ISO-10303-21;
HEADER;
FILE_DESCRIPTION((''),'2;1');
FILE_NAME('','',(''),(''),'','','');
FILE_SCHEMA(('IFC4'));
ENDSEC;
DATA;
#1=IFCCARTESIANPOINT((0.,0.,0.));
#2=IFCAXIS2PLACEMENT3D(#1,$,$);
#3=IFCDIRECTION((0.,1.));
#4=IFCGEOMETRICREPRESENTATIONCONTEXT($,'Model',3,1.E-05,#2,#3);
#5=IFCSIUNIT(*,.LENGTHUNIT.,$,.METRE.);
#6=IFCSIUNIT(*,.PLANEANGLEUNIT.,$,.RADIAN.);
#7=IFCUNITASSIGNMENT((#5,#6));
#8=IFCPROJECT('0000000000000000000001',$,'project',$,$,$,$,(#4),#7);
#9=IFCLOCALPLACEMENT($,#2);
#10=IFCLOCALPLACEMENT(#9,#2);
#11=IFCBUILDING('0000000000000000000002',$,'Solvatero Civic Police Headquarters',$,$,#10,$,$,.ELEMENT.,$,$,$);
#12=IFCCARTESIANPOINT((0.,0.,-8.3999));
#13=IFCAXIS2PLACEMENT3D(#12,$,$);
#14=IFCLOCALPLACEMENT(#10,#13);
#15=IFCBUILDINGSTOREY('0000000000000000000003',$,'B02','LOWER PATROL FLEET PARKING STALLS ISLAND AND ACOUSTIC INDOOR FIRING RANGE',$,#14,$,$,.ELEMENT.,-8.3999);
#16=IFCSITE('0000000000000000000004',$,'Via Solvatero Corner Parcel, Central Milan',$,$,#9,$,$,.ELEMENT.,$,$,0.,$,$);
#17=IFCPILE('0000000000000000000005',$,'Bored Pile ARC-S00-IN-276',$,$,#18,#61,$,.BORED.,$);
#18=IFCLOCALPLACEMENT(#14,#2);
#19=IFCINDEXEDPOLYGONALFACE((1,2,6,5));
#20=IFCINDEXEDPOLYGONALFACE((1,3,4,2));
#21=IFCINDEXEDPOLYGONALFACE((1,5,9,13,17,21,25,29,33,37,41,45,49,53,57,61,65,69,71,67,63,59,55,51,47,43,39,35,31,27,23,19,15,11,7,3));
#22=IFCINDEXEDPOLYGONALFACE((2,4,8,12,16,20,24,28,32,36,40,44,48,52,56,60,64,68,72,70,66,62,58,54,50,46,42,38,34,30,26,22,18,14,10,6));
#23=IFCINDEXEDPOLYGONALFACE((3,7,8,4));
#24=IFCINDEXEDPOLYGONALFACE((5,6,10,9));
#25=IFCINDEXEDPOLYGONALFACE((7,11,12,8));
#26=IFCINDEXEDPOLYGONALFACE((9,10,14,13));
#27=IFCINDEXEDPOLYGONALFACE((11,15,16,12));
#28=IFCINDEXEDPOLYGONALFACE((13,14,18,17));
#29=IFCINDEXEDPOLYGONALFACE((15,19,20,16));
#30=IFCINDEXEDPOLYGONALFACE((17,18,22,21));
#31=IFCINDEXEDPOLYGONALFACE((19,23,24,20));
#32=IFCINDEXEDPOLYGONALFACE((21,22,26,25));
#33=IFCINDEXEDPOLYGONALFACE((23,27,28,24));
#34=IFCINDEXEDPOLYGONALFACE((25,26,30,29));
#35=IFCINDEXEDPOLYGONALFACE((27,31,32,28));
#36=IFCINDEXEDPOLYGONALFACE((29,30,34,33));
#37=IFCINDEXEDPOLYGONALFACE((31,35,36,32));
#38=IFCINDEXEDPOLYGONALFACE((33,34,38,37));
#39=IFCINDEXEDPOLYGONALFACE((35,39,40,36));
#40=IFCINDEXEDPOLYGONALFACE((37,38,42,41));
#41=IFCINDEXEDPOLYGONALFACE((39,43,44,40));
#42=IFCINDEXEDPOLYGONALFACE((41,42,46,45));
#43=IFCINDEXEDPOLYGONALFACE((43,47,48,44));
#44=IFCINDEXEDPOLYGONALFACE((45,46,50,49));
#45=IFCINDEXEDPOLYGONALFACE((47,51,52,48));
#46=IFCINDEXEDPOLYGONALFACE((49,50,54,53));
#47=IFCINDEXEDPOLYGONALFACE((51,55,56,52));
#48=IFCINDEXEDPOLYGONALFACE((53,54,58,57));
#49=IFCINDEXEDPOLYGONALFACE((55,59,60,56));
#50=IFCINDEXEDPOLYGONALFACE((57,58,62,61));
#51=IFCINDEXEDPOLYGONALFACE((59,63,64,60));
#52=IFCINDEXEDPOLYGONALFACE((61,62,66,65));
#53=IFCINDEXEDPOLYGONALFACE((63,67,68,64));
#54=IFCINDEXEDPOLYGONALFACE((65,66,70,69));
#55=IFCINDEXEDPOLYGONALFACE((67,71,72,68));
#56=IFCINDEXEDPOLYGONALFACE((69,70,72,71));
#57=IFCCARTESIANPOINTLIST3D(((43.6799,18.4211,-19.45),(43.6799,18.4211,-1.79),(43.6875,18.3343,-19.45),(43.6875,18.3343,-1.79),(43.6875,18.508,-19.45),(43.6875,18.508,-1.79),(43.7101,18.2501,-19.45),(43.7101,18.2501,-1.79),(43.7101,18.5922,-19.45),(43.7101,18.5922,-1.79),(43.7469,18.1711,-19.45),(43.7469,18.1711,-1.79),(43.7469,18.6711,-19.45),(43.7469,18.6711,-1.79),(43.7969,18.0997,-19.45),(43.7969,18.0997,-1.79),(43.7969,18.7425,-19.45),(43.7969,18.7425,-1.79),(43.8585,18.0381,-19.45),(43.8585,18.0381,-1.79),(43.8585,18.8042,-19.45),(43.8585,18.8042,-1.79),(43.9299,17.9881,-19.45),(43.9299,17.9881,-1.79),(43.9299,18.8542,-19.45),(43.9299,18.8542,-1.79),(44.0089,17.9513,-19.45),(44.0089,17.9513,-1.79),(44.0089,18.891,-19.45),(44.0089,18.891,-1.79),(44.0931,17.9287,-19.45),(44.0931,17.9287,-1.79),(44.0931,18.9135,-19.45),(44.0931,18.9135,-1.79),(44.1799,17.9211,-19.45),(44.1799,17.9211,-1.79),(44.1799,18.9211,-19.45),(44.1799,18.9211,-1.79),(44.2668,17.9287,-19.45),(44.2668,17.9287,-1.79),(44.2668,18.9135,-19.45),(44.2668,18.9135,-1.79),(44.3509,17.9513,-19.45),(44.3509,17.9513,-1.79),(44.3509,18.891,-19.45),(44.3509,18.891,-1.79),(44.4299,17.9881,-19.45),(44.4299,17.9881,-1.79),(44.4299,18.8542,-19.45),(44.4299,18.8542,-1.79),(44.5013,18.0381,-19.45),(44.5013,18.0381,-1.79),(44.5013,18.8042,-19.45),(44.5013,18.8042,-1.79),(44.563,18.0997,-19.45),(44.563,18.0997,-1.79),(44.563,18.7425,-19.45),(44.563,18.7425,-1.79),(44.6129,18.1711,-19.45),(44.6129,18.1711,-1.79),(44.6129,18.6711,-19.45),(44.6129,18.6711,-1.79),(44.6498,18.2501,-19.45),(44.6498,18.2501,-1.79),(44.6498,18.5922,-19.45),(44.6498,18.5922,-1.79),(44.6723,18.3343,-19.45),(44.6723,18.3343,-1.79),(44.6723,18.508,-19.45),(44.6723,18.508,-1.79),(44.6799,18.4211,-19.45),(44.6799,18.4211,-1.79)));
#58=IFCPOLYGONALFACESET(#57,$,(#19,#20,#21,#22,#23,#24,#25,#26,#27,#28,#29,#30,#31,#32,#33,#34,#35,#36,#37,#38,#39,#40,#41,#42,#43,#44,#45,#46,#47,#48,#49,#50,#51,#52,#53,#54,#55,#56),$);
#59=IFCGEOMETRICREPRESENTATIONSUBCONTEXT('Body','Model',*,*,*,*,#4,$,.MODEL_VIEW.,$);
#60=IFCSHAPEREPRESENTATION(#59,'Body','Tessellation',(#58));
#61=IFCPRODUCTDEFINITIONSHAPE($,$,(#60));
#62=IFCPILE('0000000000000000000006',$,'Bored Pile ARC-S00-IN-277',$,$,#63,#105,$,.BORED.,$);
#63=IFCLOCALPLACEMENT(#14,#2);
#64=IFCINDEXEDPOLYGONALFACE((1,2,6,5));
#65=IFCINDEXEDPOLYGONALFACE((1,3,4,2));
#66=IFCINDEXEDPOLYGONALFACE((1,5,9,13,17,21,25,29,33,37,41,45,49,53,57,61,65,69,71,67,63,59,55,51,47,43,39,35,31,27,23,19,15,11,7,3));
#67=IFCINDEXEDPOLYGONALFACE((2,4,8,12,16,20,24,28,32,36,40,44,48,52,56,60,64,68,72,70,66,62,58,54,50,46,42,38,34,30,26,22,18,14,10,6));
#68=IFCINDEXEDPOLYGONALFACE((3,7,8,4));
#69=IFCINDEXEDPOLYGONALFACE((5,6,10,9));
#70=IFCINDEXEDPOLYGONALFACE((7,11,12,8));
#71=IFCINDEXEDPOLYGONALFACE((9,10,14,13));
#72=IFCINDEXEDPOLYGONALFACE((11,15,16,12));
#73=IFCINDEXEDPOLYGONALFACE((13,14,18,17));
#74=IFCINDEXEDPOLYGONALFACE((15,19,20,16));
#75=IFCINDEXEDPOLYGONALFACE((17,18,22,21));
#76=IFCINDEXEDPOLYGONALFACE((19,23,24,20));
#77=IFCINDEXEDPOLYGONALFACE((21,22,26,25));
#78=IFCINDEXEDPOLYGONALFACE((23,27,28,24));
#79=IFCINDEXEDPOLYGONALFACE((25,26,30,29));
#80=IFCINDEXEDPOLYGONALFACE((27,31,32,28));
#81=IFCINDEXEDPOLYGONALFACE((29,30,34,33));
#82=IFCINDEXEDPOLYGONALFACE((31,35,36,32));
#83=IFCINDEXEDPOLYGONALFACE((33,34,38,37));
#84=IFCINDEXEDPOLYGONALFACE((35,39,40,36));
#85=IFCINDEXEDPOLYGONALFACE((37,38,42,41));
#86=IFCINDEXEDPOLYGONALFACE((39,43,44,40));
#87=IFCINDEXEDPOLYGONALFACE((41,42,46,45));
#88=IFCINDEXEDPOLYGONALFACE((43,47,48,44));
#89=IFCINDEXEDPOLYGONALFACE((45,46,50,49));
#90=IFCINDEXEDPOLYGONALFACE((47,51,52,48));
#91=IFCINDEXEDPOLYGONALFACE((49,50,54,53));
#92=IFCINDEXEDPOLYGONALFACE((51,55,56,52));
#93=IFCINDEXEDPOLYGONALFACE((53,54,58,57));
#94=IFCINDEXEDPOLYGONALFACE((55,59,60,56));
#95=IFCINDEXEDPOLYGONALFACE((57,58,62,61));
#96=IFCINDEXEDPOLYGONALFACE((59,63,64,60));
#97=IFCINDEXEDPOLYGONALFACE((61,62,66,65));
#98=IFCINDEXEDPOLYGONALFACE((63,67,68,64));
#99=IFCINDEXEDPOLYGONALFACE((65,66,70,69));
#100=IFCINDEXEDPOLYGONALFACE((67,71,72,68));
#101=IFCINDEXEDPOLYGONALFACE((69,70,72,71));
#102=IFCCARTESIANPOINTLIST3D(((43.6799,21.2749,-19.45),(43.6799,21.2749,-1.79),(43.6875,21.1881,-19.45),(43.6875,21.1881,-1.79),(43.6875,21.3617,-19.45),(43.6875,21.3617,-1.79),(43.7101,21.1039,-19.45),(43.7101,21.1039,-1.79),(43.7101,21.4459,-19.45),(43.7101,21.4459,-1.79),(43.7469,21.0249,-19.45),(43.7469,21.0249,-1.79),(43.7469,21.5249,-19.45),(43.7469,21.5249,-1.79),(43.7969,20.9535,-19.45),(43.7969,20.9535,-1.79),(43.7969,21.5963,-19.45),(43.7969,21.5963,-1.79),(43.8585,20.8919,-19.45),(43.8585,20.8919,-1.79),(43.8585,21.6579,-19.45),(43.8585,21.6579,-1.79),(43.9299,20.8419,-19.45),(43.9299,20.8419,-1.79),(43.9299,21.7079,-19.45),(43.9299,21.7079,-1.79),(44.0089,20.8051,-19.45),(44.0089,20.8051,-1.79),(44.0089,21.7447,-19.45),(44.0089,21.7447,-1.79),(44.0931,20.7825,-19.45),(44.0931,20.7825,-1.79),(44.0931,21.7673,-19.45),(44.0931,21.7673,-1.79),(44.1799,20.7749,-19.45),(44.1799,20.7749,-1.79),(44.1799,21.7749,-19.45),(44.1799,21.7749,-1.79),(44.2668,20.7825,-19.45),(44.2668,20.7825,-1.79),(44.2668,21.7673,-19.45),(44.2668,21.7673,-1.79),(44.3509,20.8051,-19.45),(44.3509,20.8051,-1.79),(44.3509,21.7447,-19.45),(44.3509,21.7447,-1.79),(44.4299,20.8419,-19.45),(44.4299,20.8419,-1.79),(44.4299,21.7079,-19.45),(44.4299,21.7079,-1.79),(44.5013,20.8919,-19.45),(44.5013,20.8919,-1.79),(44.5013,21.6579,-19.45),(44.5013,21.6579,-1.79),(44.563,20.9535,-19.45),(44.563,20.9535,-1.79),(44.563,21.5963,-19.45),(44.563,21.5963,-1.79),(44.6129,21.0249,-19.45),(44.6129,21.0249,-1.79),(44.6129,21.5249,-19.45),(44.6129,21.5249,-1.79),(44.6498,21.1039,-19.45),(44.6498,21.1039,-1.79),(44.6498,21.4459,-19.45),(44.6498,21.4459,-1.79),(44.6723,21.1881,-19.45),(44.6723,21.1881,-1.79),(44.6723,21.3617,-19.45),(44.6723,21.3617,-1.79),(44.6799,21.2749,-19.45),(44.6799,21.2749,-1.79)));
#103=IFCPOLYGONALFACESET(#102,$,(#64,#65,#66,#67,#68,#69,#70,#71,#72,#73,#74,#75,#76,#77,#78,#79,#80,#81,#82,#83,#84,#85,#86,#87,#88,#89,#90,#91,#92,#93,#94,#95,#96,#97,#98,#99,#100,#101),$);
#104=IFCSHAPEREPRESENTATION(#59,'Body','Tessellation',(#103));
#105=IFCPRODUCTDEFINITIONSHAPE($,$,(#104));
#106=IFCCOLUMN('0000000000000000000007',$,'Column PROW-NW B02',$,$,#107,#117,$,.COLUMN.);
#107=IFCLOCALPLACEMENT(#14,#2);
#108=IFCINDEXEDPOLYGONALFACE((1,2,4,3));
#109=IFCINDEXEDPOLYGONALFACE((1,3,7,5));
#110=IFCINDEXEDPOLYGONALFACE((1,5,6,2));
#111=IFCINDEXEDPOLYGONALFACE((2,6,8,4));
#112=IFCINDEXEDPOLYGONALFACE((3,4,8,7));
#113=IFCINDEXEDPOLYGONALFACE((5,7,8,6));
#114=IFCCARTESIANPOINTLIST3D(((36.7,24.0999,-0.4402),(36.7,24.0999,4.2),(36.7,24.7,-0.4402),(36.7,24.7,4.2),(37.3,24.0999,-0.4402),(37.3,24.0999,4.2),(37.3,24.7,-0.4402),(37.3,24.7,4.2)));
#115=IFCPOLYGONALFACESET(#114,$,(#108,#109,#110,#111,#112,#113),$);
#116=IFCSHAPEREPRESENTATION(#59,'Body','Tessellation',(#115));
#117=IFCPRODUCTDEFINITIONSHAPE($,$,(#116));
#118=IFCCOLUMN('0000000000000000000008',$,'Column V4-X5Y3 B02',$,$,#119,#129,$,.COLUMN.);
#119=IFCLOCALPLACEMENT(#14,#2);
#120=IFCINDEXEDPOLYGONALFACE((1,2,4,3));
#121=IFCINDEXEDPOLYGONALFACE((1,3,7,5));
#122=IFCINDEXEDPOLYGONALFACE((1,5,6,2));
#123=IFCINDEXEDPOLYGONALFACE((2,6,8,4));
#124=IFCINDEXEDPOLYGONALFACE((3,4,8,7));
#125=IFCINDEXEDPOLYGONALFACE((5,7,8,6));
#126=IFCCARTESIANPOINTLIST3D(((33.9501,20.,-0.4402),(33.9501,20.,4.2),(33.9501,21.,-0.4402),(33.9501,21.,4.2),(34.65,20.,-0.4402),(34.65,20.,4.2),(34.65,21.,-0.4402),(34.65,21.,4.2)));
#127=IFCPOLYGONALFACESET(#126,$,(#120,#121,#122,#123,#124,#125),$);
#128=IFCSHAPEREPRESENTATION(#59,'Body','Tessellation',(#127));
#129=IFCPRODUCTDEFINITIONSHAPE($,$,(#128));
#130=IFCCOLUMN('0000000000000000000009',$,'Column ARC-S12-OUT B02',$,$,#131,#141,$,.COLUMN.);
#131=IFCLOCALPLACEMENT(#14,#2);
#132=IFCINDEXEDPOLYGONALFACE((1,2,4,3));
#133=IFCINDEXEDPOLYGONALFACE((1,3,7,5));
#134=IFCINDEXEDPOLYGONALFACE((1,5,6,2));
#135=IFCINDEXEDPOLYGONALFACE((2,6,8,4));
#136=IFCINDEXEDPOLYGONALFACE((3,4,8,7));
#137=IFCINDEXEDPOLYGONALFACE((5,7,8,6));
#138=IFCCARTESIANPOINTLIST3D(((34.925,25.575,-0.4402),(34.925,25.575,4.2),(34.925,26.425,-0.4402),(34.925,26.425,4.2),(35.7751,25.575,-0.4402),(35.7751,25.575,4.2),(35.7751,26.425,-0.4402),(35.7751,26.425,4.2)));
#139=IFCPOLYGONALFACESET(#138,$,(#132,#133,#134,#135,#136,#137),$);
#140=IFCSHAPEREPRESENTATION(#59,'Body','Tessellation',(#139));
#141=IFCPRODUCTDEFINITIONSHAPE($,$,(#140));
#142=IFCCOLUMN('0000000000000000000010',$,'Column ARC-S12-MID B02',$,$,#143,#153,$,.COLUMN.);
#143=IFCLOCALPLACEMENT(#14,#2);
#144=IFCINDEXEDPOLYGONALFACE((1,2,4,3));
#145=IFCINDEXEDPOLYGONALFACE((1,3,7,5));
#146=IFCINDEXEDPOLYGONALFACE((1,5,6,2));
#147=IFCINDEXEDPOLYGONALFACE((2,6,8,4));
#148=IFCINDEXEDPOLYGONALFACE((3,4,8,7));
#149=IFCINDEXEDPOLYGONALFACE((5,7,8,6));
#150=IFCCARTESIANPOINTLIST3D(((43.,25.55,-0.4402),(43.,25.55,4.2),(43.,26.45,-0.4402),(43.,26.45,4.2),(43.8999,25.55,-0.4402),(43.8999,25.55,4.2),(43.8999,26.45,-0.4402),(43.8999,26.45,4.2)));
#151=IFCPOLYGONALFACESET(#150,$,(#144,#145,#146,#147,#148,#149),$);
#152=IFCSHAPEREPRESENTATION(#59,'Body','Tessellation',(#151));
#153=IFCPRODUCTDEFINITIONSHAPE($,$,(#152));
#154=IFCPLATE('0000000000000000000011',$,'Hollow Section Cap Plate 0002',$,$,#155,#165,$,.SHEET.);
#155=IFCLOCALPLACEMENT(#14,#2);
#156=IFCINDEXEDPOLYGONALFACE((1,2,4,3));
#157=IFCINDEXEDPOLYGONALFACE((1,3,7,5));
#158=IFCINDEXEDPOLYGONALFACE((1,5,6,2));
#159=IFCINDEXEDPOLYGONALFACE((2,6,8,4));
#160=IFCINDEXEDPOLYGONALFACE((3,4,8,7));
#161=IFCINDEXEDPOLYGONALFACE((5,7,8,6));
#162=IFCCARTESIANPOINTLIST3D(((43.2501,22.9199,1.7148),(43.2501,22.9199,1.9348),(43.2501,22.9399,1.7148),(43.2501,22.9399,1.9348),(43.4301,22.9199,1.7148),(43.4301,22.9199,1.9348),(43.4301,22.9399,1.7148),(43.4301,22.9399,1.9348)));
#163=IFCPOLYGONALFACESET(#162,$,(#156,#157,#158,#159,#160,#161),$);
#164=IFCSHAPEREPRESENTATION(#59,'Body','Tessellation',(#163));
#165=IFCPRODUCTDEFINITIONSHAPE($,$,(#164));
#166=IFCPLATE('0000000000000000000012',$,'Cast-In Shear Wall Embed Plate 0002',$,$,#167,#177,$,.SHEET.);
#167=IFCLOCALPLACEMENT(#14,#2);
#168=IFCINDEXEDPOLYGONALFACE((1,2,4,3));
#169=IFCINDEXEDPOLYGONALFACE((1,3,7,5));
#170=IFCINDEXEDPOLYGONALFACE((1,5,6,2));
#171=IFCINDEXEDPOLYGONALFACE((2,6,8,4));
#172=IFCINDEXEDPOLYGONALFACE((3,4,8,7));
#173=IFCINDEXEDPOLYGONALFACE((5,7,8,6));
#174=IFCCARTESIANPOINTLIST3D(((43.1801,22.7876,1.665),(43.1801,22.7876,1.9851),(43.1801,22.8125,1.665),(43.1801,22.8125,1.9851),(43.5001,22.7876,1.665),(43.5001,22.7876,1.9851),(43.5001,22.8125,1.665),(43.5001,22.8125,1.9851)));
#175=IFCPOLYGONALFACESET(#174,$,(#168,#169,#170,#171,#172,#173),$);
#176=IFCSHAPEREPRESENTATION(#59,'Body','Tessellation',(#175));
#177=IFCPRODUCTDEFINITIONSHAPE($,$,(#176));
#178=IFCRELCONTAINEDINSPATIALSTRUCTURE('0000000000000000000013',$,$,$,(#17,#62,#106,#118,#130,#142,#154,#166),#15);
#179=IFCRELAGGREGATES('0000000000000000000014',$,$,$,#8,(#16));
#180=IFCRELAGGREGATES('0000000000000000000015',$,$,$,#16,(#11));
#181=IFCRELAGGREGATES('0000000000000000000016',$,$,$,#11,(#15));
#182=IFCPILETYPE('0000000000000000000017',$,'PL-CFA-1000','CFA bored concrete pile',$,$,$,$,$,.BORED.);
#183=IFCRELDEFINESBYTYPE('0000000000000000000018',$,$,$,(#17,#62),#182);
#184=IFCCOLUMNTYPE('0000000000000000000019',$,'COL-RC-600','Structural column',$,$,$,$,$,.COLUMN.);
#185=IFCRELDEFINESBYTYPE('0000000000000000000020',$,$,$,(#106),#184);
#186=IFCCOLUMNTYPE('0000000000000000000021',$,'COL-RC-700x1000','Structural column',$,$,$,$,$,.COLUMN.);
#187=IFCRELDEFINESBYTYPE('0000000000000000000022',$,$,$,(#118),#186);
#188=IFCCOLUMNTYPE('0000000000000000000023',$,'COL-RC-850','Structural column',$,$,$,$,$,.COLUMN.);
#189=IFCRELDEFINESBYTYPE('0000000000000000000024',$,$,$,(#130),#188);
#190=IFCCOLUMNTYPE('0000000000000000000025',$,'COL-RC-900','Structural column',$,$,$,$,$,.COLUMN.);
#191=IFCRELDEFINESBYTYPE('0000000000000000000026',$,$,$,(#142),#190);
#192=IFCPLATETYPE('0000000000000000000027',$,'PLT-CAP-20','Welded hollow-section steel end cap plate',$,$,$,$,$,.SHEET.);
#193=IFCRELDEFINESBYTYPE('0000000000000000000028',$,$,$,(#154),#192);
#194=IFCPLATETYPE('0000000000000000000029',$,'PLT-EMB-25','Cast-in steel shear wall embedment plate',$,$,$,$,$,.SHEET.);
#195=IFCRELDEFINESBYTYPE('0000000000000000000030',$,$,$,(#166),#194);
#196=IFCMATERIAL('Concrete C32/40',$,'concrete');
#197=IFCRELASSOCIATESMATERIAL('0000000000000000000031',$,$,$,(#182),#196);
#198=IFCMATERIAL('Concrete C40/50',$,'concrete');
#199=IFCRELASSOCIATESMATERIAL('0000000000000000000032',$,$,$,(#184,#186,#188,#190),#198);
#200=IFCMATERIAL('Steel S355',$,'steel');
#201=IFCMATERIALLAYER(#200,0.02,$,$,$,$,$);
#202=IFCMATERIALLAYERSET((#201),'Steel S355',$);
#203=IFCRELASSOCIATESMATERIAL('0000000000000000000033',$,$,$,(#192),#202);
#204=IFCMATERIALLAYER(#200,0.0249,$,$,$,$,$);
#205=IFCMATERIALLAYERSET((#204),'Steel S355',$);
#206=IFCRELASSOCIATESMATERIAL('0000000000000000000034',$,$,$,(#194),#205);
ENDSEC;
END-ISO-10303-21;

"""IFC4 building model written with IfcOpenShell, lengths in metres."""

from ifc_helpers import new_model, si_unit, direction, frame, origin, origin_2d, place, context, subcontext, project, spatial, rectangle, circle, extrude, material, layer, layer_set, material_profile, profile_set, type_object, element, save


model = new_model("IFC4")

# Units and contexts
model_context = context("Model", 3, precision=1e-05, world=origin(), true_north=direction((0.0, 1.0)))
body_context = subcontext(model_context, "Body", "Model", "MODEL_VIEW")
ifc_project = project(units=[si_unit("LENGTHUNIT", "METRE"), si_unit("PLANEANGLEUNIT", "RADIAN")], contexts=[model_context])

# Site, building, storey
site_placement = place(None, origin())
site = spatial("IfcSite", under=ifc_project, at=site_placement, Name="Via Solvatero Corner Parcel, Central Milan", CompositionType="ELEMENT", RefElevation=0.0)
building_placement = place(site_placement, origin())
building = spatial("IfcBuilding", under=site, at=building_placement, Name="Solvatero Civic Police Headquarters", CompositionType="ELEMENT")
storey_placement = place(building_placement, frame((0.0, 0.0, -8.3999)))
storey = spatial("IfcBuildingStorey", under=building, at=storey_placement, Name="B02", Description="LOWER PATROL FLEET PARKING STALLS ISLAND AND ACOUSTIC INDOOR FIRING RANGE", CompositionType="ELEMENT", Elevation=-8.3999)

# Piles
ifc_material_1 = material(Name="Concrete C32/40", Category="concrete")
ifc_material_profile_1 = material_profile(ifc_material_1, circle(Radius=0.5, at=origin_2d()), Name="CFA PILE D1000")
ifc_profile_set_1 = profile_set([ifc_material_profile_1], Name="Concrete C32/40")
pile_type = type_object("IfcPileType", Name="PL-CFA-1000", Description="CFA bored concrete pile", PredefinedType="BORED", material=ifc_profile_set_1)
for number, where, z_axis, x_axis, name in (
    (1, (44.1799, 18.4211, -1.79), (0.0, 0.0, -1.0), (1.0, 0.0, 0.0), "Bored Pile ARC-S00-IN-276"),
    (2, (44.1799, 21.2749, -1.79), (0.0, 0.0, -1.0), (1.0, 0.0, 0.0), "Bored Pile ARC-S00-IN-277"),
):
    element("IfcPile", number, at=place(storey_placement, frame(where, z_axis=z_axis, x_axis=x_axis)), inside=storey, type_object=pile_type, Name=name, PredefinedType="BORED", context=body_context, shape_type="SweptSolid", body=[
        extrude(circle(Radius=0.5, at=origin_2d()), origin(), (0.0, 0.0, 1.0), 17.6599),
    ])

# Columns
ifc_material_2 = material(Name="Concrete C40/50", Category="concrete")
ifc_material_profile_2 = material_profile(ifc_material_2, rectangle(XDim=0.6001, YDim=0.6001, at=origin_2d()), Name="RC 600x600")
ifc_profile_set_2 = profile_set([ifc_material_profile_2], Name="Concrete C40/50")
column_type_1 = type_object("IfcColumnType", Name="COL-RC-600", Description="Structural column", PredefinedType="COLUMN", material=ifc_profile_set_2)
column_1_placement = place(storey_placement, frame((37.0, 24.3999, -0.4402), z_axis=(0.0, 0.0, 1.0), x_axis=(1.0, 0.0, 0.0)))
element("IfcColumn", 3, at=column_1_placement, inside=storey, type_object=column_type_1, Name="Column PROW-NW B02", PredefinedType="COLUMN", context=body_context, shape_type="SweptSolid", body=[
    extrude(rectangle(XDim=0.6001, YDim=0.6001, at=origin_2d()), origin(), (0.0, 0.0, 1.0), 4.6401),
])
ifc_material_profile_3 = material_profile(ifc_material_2, rectangle(XDim=0.7, YDim=1.0, at=origin_2d()), Name="RC 700x1000")
ifc_profile_set_3 = profile_set([ifc_material_profile_3], Name="Concrete C40/50")
column_type_2 = type_object("IfcColumnType", Name="COL-RC-700x1000", Description="Structural column", PredefinedType="COLUMN", material=ifc_profile_set_3)
column_2_placement = place(storey_placement, frame((34.3, 20.5, -0.4402), z_axis=(0.0, 0.0, 1.0), x_axis=(1.0, 0.0, 0.0)))
element("IfcColumn", 4, at=column_2_placement, inside=storey, type_object=column_type_2, Name="Column V4-X5Y3 B02", PredefinedType="COLUMN", context=body_context, shape_type="SweptSolid", body=[
    extrude(rectangle(XDim=0.7, YDim=1.0, at=origin_2d()), origin(), (0.0, 0.0, 1.0), 4.6401),
])
ifc_material_profile_4 = material_profile(ifc_material_2, rectangle(XDim=0.8501, YDim=0.8501, at=origin_2d()), Name="RC 850x850")
ifc_profile_set_4 = profile_set([ifc_material_profile_4], Name="Concrete C40/50")
column_type_3 = type_object("IfcColumnType", Name="COL-RC-850", Description="Structural column", PredefinedType="COLUMN", material=ifc_profile_set_4)
column_3_placement = place(storey_placement, frame((35.3501, 26.0, -0.4402), z_axis=(0.0, 0.0, 1.0), x_axis=(0.0, 1.0, 0.0)))
element("IfcColumn", 5, at=column_3_placement, inside=storey, type_object=column_type_3, Name="Column ARC-S12-OUT B02", PredefinedType="COLUMN", context=body_context, shape_type="SweptSolid", body=[
    extrude(rectangle(XDim=0.8501, YDim=0.8501, at=origin_2d()), origin(), (0.0, 0.0, 1.0), 4.6401),
])
ifc_material_profile_5 = material_profile(ifc_material_2, rectangle(XDim=0.8999, YDim=0.8999, at=origin_2d()), Name="RC 900x900")
ifc_profile_set_5 = profile_set([ifc_material_profile_5], Name="Concrete C40/50")
column_type_4 = type_object("IfcColumnType", Name="COL-RC-900", Description="Structural column", PredefinedType="COLUMN", material=ifc_profile_set_5)
column_4_placement = place(storey_placement, frame((43.45, 26.0, -0.4402), z_axis=(0.0, 0.0, 1.0), x_axis=(0.0, 1.0, 0.0)))
element("IfcColumn", 6, at=column_4_placement, inside=storey, type_object=column_type_4, Name="Column ARC-S12-MID B02", PredefinedType="COLUMN", context=body_context, shape_type="SweptSolid", body=[
    extrude(rectangle(XDim=0.8999, YDim=0.8999, at=origin_2d()), origin(), (0.0, 0.0, 1.0), 4.6401),
])

# Plates
ifc_material_3 = material(Name="Steel S355", Category="steel")
ifc_layer_1 = layer(ifc_material_3, 0.02)
ifc_layer_set_1 = layer_set([ifc_layer_1], Name="Steel S355")
plate_type_1 = type_object("IfcPlateType", Name="PLT-CAP-20", Description="Welded hollow-section steel end cap plate", PredefinedType="SHEET", material=ifc_layer_set_1)
plate_1_placement = place(storey_placement, frame((43.3401, 22.9299, 1.7148), z_axis=(0.0, 0.0, 1.0), x_axis=(1.0, 0.0, 0.0)))
element("IfcPlate", 7, at=plate_1_placement, inside=storey, type_object=plate_type_1, Name="Hollow Section Cap Plate 0002", PredefinedType="SHEET", context=body_context, shape_type="SweptSolid", body=[
    extrude(rectangle(XDim=0.1799, YDim=0.02, at=origin_2d()), origin(), (0.0, 0.0, 1.0), 0.22),
])
ifc_layer_2 = layer(ifc_material_3, 0.0249)
ifc_layer_set_2 = layer_set([ifc_layer_2], Name="Steel S355")
plate_type_2 = type_object("IfcPlateType", Name="PLT-EMB-25", Description="Cast-in steel shear wall embedment plate", PredefinedType="SHEET", material=ifc_layer_set_2)
plate_2_placement = place(storey_placement, frame((43.3401, 22.8, 1.665), z_axis=(0.0, 0.0, 1.0), x_axis=(1.0, 0.0, 0.0)))
element("IfcPlate", 8, at=plate_2_placement, inside=storey, type_object=plate_type_2, Name="Cast-In Shear Wall Embed Plate 0002", PredefinedType="SHEET", context=body_context, shape_type="SweptSolid", body=[
    extrude(rectangle(XDim=0.3201, YDim=0.0249, at=origin_2d()), origin(), (0.0, 0.0, 1.0), 0.3201),
])

save(model, "model.ifc")
